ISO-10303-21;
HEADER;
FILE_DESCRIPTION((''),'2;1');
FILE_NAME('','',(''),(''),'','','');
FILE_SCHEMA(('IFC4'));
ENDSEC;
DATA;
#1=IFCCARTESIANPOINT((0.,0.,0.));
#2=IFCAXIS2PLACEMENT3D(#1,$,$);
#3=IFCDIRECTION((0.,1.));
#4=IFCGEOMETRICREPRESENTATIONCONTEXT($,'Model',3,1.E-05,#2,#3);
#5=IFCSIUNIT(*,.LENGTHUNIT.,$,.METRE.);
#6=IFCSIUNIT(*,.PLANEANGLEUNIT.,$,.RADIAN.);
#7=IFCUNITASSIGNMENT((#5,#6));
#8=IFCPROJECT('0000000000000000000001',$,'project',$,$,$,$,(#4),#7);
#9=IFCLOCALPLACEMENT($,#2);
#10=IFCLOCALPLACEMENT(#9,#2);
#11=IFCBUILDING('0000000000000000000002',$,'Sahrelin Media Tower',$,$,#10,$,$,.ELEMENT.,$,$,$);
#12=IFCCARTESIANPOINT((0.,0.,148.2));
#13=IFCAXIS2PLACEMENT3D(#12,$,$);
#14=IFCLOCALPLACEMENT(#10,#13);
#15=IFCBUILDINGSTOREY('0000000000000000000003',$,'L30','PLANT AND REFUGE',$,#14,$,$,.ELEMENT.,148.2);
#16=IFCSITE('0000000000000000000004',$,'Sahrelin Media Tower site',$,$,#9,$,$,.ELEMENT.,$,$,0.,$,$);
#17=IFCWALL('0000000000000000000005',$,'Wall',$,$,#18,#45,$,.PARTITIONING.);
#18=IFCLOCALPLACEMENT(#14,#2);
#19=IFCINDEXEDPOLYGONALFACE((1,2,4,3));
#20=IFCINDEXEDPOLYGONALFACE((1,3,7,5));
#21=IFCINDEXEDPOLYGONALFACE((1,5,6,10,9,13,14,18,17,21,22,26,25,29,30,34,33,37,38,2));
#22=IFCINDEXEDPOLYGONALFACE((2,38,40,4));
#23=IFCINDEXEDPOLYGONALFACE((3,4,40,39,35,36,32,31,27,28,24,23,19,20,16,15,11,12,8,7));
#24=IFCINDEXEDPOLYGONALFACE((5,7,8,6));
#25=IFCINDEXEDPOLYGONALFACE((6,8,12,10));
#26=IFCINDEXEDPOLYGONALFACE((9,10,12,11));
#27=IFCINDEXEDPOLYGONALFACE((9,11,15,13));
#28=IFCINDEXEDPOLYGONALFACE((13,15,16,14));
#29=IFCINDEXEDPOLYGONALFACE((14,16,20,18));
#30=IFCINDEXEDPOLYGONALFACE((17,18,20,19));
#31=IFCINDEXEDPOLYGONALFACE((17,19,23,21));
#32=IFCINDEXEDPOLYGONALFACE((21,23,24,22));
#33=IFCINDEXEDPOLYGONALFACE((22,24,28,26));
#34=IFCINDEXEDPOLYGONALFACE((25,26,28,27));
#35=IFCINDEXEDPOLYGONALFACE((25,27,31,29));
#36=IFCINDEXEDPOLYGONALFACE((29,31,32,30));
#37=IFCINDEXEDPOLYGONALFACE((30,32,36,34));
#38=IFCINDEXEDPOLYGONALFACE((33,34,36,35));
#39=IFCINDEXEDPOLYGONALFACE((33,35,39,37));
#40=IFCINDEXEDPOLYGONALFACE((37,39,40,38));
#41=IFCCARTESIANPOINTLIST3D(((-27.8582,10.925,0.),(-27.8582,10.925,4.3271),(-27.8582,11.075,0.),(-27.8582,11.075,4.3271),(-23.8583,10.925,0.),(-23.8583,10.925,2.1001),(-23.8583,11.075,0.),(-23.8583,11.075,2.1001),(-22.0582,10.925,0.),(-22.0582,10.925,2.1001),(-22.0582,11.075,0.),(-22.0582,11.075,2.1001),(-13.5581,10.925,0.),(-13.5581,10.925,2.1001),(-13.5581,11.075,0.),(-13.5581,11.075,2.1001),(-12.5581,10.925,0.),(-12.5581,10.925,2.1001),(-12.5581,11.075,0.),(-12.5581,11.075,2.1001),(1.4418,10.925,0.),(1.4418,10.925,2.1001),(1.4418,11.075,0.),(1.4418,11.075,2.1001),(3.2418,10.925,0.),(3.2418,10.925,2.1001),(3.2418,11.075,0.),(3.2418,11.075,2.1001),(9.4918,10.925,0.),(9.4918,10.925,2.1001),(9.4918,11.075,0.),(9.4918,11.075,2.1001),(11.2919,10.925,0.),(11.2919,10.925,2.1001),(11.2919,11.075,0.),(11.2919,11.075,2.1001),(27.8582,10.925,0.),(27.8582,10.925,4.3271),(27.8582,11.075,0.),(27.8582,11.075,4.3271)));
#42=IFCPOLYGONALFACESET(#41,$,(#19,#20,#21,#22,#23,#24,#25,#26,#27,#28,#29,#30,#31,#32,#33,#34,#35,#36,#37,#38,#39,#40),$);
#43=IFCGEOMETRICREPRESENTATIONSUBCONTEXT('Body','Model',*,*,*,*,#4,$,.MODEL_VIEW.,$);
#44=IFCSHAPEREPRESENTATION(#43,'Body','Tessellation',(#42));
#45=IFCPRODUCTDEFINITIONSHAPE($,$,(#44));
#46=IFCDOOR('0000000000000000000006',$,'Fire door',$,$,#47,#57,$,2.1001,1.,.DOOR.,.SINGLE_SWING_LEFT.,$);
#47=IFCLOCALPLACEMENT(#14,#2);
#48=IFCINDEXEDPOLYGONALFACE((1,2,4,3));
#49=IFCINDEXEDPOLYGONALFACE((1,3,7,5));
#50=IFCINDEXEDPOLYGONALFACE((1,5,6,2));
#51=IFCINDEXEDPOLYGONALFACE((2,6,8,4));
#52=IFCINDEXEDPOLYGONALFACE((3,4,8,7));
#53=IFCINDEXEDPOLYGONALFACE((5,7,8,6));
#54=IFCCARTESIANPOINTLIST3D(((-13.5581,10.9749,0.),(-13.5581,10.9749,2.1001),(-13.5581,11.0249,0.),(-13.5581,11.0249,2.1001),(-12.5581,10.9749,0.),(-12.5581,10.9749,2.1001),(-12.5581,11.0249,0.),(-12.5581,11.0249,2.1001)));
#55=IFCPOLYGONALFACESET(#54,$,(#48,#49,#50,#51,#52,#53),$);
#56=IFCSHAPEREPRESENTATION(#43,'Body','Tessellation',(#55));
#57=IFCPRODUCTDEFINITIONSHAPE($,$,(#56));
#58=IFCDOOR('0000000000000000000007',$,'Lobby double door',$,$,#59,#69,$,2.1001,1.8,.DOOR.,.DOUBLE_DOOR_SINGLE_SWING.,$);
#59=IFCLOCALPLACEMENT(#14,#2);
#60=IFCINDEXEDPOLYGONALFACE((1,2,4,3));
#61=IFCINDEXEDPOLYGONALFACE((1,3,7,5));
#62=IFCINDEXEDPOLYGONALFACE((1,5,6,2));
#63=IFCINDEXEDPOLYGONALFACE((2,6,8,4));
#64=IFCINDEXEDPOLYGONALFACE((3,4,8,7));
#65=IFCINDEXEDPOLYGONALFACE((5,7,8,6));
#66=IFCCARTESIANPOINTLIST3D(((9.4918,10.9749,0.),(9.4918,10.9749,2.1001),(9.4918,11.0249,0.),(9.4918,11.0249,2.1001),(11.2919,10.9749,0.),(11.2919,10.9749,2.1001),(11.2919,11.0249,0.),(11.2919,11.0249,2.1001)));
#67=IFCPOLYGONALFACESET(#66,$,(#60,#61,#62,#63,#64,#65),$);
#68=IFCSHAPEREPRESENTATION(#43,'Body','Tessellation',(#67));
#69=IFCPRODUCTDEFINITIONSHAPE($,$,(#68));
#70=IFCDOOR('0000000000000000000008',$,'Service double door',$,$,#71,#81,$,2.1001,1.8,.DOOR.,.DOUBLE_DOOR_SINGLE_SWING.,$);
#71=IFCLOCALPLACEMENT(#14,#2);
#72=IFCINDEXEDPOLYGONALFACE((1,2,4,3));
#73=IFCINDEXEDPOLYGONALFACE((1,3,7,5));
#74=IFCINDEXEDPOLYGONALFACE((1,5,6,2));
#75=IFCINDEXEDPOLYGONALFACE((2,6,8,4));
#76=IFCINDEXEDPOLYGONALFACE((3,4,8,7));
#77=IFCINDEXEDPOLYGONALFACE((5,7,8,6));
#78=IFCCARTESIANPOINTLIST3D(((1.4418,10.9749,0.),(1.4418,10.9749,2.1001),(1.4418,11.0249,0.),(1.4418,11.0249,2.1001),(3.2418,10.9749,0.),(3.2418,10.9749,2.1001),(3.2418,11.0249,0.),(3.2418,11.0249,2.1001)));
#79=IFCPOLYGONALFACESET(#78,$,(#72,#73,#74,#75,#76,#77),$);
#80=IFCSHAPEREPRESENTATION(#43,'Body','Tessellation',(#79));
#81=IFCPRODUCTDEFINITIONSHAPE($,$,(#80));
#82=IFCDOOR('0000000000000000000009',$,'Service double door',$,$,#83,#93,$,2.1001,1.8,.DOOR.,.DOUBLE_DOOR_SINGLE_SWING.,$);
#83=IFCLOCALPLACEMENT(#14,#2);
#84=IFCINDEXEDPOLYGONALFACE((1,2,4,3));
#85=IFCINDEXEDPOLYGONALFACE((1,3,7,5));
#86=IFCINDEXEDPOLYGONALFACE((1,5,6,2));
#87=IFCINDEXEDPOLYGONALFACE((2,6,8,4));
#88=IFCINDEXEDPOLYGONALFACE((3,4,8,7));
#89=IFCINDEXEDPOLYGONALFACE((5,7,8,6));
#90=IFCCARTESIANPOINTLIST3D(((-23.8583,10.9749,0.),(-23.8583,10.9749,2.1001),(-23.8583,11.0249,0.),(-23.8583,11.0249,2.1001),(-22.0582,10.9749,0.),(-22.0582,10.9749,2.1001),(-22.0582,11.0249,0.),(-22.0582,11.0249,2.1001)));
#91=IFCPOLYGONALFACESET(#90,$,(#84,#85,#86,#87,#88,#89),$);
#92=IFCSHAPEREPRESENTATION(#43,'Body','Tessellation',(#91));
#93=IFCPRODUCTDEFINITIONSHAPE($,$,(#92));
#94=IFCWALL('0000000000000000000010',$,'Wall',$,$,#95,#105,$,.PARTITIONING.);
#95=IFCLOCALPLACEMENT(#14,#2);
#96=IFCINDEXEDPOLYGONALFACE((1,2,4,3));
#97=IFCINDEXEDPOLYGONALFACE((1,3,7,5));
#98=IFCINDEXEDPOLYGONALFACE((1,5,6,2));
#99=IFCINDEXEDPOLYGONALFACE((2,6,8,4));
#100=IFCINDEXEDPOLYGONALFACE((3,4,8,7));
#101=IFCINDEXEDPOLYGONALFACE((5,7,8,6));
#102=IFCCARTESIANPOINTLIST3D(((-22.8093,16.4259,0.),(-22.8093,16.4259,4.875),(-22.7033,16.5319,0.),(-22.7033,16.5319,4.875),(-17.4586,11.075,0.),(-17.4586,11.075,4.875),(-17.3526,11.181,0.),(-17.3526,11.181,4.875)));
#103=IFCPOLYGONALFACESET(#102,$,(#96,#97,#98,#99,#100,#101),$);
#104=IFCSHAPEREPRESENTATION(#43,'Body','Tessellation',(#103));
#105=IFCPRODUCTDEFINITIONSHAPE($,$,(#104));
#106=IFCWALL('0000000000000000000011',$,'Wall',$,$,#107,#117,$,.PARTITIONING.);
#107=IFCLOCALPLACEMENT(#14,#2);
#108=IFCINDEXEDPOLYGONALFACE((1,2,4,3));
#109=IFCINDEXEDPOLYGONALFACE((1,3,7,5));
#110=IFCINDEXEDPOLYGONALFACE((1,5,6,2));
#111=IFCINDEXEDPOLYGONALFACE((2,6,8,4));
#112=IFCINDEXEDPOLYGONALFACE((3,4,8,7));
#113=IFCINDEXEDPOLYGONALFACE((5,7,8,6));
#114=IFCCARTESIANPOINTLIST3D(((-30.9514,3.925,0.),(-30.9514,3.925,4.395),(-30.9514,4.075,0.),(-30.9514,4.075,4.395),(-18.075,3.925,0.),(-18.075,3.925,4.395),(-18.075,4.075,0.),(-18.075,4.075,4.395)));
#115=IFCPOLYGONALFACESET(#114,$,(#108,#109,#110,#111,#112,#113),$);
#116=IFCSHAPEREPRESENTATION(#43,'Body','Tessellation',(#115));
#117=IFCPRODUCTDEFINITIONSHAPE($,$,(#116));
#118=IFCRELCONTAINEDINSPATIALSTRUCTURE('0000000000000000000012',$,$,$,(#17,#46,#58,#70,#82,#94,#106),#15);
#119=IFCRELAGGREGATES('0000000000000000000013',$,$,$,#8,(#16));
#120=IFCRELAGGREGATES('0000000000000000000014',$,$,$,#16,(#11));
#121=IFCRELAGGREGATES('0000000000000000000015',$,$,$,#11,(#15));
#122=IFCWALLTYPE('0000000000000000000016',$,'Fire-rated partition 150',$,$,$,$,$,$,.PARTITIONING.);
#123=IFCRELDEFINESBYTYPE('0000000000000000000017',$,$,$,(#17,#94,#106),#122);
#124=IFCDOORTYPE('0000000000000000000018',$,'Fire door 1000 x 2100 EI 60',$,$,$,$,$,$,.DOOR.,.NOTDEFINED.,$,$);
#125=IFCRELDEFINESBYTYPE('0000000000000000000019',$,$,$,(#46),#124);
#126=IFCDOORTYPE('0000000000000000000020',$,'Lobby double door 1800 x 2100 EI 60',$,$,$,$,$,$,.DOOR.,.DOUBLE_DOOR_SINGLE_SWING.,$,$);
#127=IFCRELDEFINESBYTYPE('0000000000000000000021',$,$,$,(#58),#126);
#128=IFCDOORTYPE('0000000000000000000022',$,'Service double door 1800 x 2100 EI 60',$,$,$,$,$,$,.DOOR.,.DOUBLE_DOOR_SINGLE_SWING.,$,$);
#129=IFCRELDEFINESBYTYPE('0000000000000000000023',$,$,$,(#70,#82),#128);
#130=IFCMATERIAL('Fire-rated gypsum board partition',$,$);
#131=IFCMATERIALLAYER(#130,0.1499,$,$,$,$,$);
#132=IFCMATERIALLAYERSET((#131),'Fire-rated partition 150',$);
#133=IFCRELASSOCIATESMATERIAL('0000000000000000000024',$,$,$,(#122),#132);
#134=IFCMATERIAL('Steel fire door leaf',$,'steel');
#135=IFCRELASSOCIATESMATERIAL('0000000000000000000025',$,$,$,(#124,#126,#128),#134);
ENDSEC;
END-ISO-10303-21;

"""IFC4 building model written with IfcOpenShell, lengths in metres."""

from ifc_helpers import new_model, si_unit, direction, frame, frame_2d, origin, place, context, subcontext, project, spatial, rectangle, extrude, material, layer, layer_set, type_object, element, fill, save


model = new_model("IFC4")

# Units and contexts
model_context = context("Model", 3, precision=1e-05, world=origin(), true_north=direction((0.0, 1.0)))
body_context = subcontext(model_context, "Body", "Model", "MODEL_VIEW")
ifc_project = project(units=[si_unit("LENGTHUNIT", "METRE"), si_unit("PLANEANGLEUNIT", "RADIAN")], contexts=[model_context])

# Site, building, storey
site_placement = place(None, origin())
site = spatial("IfcSite", under=ifc_project, at=site_placement, Name="Sahrelin Media Tower site", CompositionType="ELEMENT", RefElevation=0.0)
building_placement = place(site_placement, origin())
building = spatial("IfcBuilding", under=site, at=building_placement, Name="Sahrelin Media Tower", CompositionType="ELEMENT")
storey_placement = place(building_placement, frame((0.0, 0.0, 148.2)))
storey = spatial("IfcBuildingStorey", under=building, at=storey_placement, Name="L30", Description="PLANT AND REFUGE", CompositionType="ELEMENT", Elevation=148.2)

# Wall, openings, doors
ifc_material_1 = material(Name="Fire-rated gypsum board partition")
ifc_layer = layer(ifc_material_1, 0.1499)
ifc_layer_set = layer_set([ifc_layer], Name="Fire-rated partition 150")
wall_type = type_object("IfcWallType", Name="Fire-rated partition 150", PredefinedType="PARTITIONING", material=ifc_layer_set)
wall_1_placement = place(storey_placement, frame((-27.8582, 11.0, 0.0), z_axis=(0.0, 0.0, 1.0), x_axis=(1.0, 0.0, 0.0)))
wall_1 = element("IfcWall", 1, at=wall_1_placement, inside=storey, type_object=wall_type, Name="Wall", PredefinedType="PARTITIONING", context=body_context, shape_type="SweptSolid", body=[
    extrude(rectangle(XDim=55.7163, YDim=0.1499, at=frame_2d((27.8582, 0.0))), origin(), (0.0, 0.0, 1.0), 4.3271),
])
opening_1_placement = place(wall_1_placement, frame((14.3, 0.0, 0.0)))
opening_1 = element("IfcOpeningElement", 2, at=opening_1_placement, cuts=wall_1, PredefinedType="OPENING", context=body_context, shape_type="SweptSolid", body=[
    extrude(rectangle(XDim=1.0, YDim=2.1001, at=frame_2d((0.5, 1.05))), frame((0.0, 0.075, 0.0), z_axis=(0.0, -1.0, 0.0), x_axis=(1.0, 0.0, 0.0)), (0.0, 0.0, 1.0), 0.1499),
])
opening_2_placement = place(wall_1_placement, frame((37.3501, 0.0, 0.0)))
opening_2 = element("IfcOpeningElement", 3, at=opening_2_placement, cuts=wall_1, PredefinedType="OPENING", context=body_context, shape_type="SweptSolid", body=[
    extrude(rectangle(XDim=1.8, YDim=2.1001, at=frame_2d((0.8999, 1.05))), frame((0.0, 0.075, 0.0), z_axis=(0.0, -1.0, 0.0), x_axis=(1.0, 0.0, 0.0)), (0.0, 0.0, 1.0), 0.1499),
])
opening_3_placement = place(wall_1_placement, frame((29.3, 0.0, 0.0)))
opening_3 = element("IfcOpeningElement", 4, at=opening_3_placement, cuts=wall_1, PredefinedType="OPENING", context=body_context, shape_type="SweptSolid", body=[
    extrude(rectangle(XDim=1.8, YDim=2.1001, at=frame_2d((0.8999, 1.05))), frame((0.0, 0.075, 0.0), z_axis=(0.0, -1.0, 0.0), x_axis=(1.0, 0.0, 0.0)), (0.0, 0.0, 1.0), 0.1499),
])
opening_4_placement = place(wall_1_placement, frame((4.0, 0.0, 0.0)))
opening_4 = element("IfcOpeningElement", 5, at=opening_4_placement, cuts=wall_1, PredefinedType="OPENING", context=body_context, shape_type="SweptSolid", body=[
    extrude(rectangle(XDim=1.8, YDim=2.1001, at=frame_2d((0.8999, 1.05))), frame((0.0, 0.075, 0.0), z_axis=(0.0, -1.0, 0.0), x_axis=(1.0, 0.0, 0.0)), (0.0, 0.0, 1.0), 0.1499),
])
ifc_material_2 = material(Name="Steel fire door leaf", Category="steel")
door_type_1 = type_object("IfcDoorType", Name="Fire door 1000 x 2100 EI 60", OperationType="NOTDEFINED", PredefinedType="DOOR", material=ifc_material_2)
door_1_placement = place(opening_1_placement, origin())
door_1 = element("IfcDoor", 6, at=door_1_placement, inside=storey, type_object=door_type_1, Name="Fire door", OperationType="SINGLE_SWING_LEFT", OverallHeight=2.1001, OverallWidth=1.0, PredefinedType="DOOR", context=body_context, shape_type="SweptSolid", body=[
    extrude(rectangle(XDim=1.0, YDim=2.1001, at=frame_2d((0.5, 1.05))), frame((0.0, 0.0249, 0.0), z_axis=(0.0, -1.0, 0.0), x_axis=(1.0, 0.0, 0.0)), (0.0, 0.0, 1.0), 0.05),
])
fill(opening_1, door_1)
door_type_2 = type_object("IfcDoorType", Name="Lobby double door 1800 x 2100 EI 60", OperationType="DOUBLE_DOOR_SINGLE_SWING", PredefinedType="DOOR", material=ifc_material_2)
door_2_placement = place(opening_2_placement, origin())
door_2 = element("IfcDoor", 7, at=door_2_placement, inside=storey, type_object=door_type_2, Name="Lobby double door", OperationType="DOUBLE_DOOR_SINGLE_SWING", OverallHeight=2.1001, OverallWidth=1.8, PredefinedType="DOOR", context=body_context, shape_type="SweptSolid", body=[
    extrude(rectangle(XDim=1.8, YDim=2.1001, at=frame_2d((0.8999, 1.05))), frame((0.0, 0.0249, 0.0), z_axis=(0.0, -1.0, 0.0), x_axis=(1.0, 0.0, 0.0)), (0.0, 0.0, 1.0), 0.05),
])
fill(opening_2, door_2)
door_type_3 = type_object("IfcDoorType", Name="Service double door 1800 x 2100 EI 60", OperationType="DOUBLE_DOOR_SINGLE_SWING", PredefinedType="DOOR", material=ifc_material_2)
door_3_placement = place(opening_3_placement, origin())
door_3 = element("IfcDoor", 8, at=door_3_placement, inside=storey, type_object=door_type_3, Name="Service double door", OperationType="DOUBLE_DOOR_SINGLE_SWING", OverallHeight=2.1001, OverallWidth=1.8, PredefinedType="DOOR", context=body_context, shape_type="SweptSolid", body=[
    extrude(rectangle(XDim=1.8, YDim=2.1001, at=frame_2d((0.8999, 1.05))), frame((0.0, 0.0249, 0.0), z_axis=(0.0, -1.0, 0.0), x_axis=(1.0, 0.0, 0.0)), (0.0, 0.0, 1.0), 0.05),
])
fill(opening_3, door_3)
door_4_placement = place(opening_4_placement, origin())
door_4 = element("IfcDoor", 9, at=door_4_placement, inside=storey, type_object=door_type_3, Name="Service double door", OperationType="DOUBLE_DOOR_SINGLE_SWING", OverallHeight=2.1001, OverallWidth=1.8, PredefinedType="DOOR", context=body_context, shape_type="SweptSolid", body=[
    extrude(rectangle(XDim=1.8, YDim=2.1001, at=frame_2d((0.8999, 1.05))), frame((0.0, 0.0249, 0.0), z_axis=(0.0, -1.0, 0.0), x_axis=(1.0, 0.0, 0.0)), (0.0, 0.0, 1.0), 0.05),
])
fill(opening_4, door_4)

# Walls
wall_2_placement = place(storey_placement, frame((-17.4055, 11.1279, 0.0), z_axis=(0.0, 0.0, 1.0), x_axis=(-0.707091, 0.707123, 0.0)))
element("IfcWall", 10, at=wall_2_placement, inside=storey, type_object=wall_type, Name="Wall", PredefinedType="PARTITIONING", context=body_context, shape_type="SweptSolid", body=[
    extrude(rectangle(XDim=7.5671, YDim=0.1499, at=frame_2d((3.7837, 0.0))), origin(), (0.0, 0.0, 1.0), 4.875),
])
wall_3_placement = place(storey_placement, frame((-18.075, 4.0, 0.0), z_axis=(0.0, 0.0, 1.0), x_axis=(-1.0, 0.0, 0.0)))
element("IfcWall", 11, at=wall_3_placement, inside=storey, type_object=wall_type, Name="Wall", PredefinedType="PARTITIONING", context=body_context, shape_type="SweptSolid", body=[
    extrude(rectangle(XDim=12.8765, YDim=0.1499, at=frame_2d((6.4382, 0.0))), origin(), (0.0, 0.0, 1.0), 4.395),
])

save(model, "model.ifc")
